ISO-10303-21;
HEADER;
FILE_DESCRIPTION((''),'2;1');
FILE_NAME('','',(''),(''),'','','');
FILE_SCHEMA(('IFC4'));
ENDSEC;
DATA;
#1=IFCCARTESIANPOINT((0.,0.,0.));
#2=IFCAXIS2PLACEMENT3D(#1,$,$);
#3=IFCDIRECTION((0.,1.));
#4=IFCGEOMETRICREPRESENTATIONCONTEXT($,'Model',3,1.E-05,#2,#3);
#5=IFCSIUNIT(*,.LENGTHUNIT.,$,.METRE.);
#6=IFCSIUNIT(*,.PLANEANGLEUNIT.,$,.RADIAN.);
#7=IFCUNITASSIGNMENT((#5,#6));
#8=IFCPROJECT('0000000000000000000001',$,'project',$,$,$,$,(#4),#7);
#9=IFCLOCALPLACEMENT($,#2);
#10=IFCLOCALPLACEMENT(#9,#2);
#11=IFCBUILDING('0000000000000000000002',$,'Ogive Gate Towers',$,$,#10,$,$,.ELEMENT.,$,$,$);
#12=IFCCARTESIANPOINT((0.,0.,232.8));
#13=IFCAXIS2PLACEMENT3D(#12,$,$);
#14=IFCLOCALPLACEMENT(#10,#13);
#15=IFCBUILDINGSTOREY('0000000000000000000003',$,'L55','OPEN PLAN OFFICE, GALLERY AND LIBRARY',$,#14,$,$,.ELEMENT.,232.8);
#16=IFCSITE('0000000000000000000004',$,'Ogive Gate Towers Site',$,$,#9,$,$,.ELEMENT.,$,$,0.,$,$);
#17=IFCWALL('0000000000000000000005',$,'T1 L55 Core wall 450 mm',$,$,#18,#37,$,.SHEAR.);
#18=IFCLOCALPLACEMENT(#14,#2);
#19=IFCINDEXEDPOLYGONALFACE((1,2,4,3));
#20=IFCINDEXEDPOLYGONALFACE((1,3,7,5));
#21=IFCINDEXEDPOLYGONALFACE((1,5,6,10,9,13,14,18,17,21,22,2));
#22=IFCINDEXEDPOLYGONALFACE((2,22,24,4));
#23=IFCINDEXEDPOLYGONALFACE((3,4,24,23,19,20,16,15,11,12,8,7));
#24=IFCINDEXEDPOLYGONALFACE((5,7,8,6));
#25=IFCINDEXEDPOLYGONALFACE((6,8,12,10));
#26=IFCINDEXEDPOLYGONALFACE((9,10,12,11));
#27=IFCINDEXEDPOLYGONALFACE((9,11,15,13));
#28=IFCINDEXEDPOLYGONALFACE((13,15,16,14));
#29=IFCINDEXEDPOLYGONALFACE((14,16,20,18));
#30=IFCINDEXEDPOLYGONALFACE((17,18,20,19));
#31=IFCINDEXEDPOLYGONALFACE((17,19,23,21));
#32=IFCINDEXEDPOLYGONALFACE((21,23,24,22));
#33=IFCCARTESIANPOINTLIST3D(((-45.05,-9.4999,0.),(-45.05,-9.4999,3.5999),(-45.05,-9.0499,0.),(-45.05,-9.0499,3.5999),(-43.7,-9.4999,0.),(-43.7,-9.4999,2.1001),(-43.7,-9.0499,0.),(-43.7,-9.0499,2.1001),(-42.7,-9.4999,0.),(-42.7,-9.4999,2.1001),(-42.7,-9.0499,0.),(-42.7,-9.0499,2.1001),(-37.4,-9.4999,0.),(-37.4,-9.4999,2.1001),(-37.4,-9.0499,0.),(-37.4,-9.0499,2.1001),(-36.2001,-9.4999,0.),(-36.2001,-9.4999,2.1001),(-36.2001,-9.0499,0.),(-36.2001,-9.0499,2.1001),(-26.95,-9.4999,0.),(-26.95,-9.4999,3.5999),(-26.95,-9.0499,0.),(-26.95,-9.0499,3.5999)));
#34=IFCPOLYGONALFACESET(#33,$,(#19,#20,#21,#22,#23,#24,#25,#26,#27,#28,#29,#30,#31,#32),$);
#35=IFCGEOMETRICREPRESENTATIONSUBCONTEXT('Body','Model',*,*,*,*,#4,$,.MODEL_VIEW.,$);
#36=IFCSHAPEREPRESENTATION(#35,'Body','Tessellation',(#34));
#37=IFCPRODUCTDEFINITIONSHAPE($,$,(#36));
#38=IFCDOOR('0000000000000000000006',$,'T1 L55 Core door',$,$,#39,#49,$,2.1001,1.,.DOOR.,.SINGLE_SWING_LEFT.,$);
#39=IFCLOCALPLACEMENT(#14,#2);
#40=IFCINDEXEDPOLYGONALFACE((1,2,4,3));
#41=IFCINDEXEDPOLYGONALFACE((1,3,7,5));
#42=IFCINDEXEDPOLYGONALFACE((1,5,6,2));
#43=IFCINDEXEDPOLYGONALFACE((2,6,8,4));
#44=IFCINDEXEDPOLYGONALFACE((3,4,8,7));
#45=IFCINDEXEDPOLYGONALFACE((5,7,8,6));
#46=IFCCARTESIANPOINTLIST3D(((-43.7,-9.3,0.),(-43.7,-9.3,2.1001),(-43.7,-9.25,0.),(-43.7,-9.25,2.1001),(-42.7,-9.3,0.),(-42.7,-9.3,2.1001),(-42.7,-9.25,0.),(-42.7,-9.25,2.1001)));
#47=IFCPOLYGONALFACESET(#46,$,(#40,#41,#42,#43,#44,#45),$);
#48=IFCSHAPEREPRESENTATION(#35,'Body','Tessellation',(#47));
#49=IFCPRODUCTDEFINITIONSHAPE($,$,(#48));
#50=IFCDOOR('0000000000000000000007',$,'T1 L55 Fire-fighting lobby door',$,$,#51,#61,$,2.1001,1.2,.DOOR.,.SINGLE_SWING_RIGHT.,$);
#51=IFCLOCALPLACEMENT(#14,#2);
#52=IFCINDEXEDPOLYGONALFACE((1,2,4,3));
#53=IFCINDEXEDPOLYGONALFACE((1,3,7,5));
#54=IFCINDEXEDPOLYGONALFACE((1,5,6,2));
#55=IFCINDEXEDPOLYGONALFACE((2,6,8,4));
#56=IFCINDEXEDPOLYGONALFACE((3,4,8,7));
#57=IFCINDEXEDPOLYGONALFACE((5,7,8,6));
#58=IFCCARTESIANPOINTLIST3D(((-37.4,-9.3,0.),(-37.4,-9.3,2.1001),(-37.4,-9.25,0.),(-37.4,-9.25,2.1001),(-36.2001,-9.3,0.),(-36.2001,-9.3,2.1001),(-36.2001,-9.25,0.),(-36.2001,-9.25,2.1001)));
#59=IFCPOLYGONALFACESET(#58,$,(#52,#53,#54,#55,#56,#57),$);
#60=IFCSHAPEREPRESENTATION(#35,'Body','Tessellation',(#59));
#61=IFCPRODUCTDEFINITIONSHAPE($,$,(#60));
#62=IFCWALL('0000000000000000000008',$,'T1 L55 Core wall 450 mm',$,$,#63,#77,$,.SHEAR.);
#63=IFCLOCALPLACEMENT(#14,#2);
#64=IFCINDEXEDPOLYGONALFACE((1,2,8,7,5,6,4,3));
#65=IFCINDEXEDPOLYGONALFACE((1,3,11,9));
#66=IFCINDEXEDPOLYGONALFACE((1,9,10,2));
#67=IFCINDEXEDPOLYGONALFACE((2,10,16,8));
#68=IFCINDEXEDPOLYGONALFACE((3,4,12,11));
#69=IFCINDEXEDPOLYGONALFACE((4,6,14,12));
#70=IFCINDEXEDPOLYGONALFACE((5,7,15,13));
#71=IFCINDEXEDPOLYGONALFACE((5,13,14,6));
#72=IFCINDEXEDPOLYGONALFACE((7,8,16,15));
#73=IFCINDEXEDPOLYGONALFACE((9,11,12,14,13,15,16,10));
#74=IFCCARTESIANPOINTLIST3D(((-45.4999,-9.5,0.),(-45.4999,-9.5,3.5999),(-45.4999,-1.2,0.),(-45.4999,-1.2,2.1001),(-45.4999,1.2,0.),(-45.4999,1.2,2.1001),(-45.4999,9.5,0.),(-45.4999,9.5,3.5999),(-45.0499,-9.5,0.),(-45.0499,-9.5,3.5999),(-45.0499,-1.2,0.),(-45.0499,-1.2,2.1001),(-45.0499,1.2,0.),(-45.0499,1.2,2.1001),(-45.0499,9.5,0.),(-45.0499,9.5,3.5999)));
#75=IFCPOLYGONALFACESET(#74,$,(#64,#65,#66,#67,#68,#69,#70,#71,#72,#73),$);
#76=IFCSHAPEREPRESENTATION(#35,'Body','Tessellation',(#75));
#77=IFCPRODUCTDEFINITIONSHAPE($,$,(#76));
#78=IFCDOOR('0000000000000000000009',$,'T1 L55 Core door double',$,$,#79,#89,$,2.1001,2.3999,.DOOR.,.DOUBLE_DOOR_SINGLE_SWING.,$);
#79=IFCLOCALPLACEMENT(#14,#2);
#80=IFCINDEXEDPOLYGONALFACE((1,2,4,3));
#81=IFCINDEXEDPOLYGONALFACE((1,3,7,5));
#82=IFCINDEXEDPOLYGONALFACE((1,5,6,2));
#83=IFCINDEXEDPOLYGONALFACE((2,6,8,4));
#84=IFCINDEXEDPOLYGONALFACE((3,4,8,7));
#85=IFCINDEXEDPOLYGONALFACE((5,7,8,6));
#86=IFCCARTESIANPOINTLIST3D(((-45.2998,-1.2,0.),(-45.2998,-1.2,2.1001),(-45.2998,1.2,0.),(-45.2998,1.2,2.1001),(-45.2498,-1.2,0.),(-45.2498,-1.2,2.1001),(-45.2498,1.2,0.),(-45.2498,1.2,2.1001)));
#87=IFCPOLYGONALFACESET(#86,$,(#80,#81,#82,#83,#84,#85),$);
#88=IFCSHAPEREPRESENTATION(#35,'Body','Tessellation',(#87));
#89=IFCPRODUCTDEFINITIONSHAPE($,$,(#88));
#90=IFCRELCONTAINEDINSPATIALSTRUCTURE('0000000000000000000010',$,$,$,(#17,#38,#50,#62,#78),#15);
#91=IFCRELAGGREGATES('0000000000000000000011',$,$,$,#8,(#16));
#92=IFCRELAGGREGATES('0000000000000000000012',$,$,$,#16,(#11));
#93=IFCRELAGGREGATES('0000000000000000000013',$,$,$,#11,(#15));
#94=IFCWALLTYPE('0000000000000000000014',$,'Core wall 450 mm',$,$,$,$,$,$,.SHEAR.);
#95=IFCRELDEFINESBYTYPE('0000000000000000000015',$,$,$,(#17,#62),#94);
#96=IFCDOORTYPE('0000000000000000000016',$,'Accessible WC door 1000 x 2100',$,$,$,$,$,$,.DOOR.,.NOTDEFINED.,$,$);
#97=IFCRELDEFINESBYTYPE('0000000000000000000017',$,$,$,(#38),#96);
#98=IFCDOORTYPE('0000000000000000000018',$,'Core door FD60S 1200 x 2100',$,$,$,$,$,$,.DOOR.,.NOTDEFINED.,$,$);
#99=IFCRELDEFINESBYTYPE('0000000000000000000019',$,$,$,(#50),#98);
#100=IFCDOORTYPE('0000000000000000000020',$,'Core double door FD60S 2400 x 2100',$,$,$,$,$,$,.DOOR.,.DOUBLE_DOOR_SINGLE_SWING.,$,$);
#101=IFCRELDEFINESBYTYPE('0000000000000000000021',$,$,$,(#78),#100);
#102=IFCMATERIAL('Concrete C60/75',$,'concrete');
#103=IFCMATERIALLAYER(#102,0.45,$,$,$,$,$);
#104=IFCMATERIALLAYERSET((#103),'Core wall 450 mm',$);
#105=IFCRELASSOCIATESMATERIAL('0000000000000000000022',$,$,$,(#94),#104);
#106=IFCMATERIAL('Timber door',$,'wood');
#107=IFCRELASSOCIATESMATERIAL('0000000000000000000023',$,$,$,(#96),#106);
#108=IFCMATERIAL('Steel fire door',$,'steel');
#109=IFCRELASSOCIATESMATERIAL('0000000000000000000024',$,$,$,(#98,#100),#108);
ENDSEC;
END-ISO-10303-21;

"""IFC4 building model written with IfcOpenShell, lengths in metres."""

from ifc_helpers import new_model, si_unit, direction, frame, frame_2d, origin, place, context, subcontext, project, spatial, rectangle, extrude, material, layer, layer_set, type_object, element, fill, save


model = new_model("IFC4")

# Units and contexts
model_context = context("Model", 3, precision=1e-05, world=origin(), true_north=direction((0.0, 1.0)))
body_context = subcontext(model_context, "Body", "Model", "MODEL_VIEW")
ifc_project = project(units=[si_unit("LENGTHUNIT", "METRE"), si_unit("PLANEANGLEUNIT", "RADIAN")], contexts=[model_context])

# Site, building, storey
site_placement = place(None, origin())
site = spatial("IfcSite", under=ifc_project, at=site_placement, Name="Ogive Gate Towers Site", CompositionType="ELEMENT", RefElevation=0.0)
building_placement = place(site_placement, origin())
building = spatial("IfcBuilding", under=site, at=building_placement, Name="Ogive Gate Towers", CompositionType="ELEMENT")
storey_placement = place(building_placement, frame((0.0, 0.0, 232.8)))
storey = spatial("IfcBuildingStorey", under=building, at=storey_placement, Name="L55", Description="OPEN PLAN OFFICE, GALLERY AND LIBRARY", CompositionType="ELEMENT", Elevation=232.8)

# Shared definitions
ifc_material_1 = material(Name="Timber door", Category="wood")

# Wall, openings, doors
ifc_material_2 = material(Name="Concrete C60/75", Category="concrete")
ifc_layer_1 = layer(ifc_material_2, 0.45)
ifc_layer_set_1 = layer_set([ifc_layer_1], Name="Core wall 450 mm")
wall_type_1 = type_object("IfcWallType", Name="Core wall 450 mm", PredefinedType="SHEAR", material=ifc_layer_set_1)
wall_1_placement = place(storey_placement, frame((-45.05, -9.2749, 0.0), z_axis=(0.0, 0.0, 1.0), x_axis=(1.0, 0.0, 0.0)))
wall_1 = element("IfcWall", 1, at=wall_1_placement, inside=storey, type_object=wall_type_1, Name="T1 L55 Core wall 450 mm", PredefinedType="SHEAR", context=body_context, shape_type="SweptSolid", body=[
    extrude(rectangle(XDim=18.1001, YDim=0.45, at=frame_2d((9.05, 0.0))), origin(), (0.0, 0.0, 1.0), 3.5999),
])
opening_1_placement = place(wall_1_placement, frame((7.6499, 0.0, 0.0)))
opening_1 = element("IfcOpeningElement", 2, at=opening_1_placement, cuts=wall_1, PredefinedType="OPENING", context=body_context, shape_type="SweptSolid", body=[
    extrude(rectangle(XDim=1.2, YDim=2.1001, at=frame_2d((0.6001, 1.05))), frame((0.0, 0.2349, 0.0), z_axis=(0.0, -1.0, 0.0), x_axis=(1.0, 0.0, 0.0)), (0.0, 0.0, 1.0), 0.47),
])
opening_2_placement = place(wall_1_placement, frame((1.3501, 0.0, 0.0)))
opening_2 = element("IfcOpeningElement", 3, at=opening_2_placement, cuts=wall_1, PredefinedType="OPENING", context=body_context, shape_type="SweptSolid", body=[
    extrude(rectangle(XDim=1.0, YDim=2.1001, at=frame_2d((0.5, 1.05))), frame((0.0, 0.2349, 0.0), z_axis=(0.0, -1.0, 0.0), x_axis=(1.0, 0.0, 0.0)), (0.0, 0.0, 1.0), 0.47),
])
door_type_1 = type_object("IfcDoorType", Name="Accessible WC door 1000 x 2100", OperationType="NOTDEFINED", PredefinedType="DOOR", material=ifc_material_1)
door_1_placement = place(opening_2_placement, origin())
door_1 = element("IfcDoor", 4, at=door_1_placement, inside=storey, type_object=door_type_1, Name="T1 L55 Core door", OperationType="SINGLE_SWING_LEFT", OverallHeight=2.1001, OverallWidth=1.0, PredefinedType="DOOR", context=body_context, shape_type="SweptSolid", body=[
    extrude(rectangle(XDim=1.0, YDim=2.1001, at=frame_2d((0.5, 1.05))), frame((0.0, 0.0249, 0.0), z_axis=(0.0, -1.0, 0.0), x_axis=(1.0, 0.0, 0.0)), (0.0, 0.0, 1.0), 0.05),
])
fill(opening_2, door_1)
ifc_material_3 = material(Name="Steel fire door", Category="steel")
door_type_2 = type_object("IfcDoorType", Name="Core door FD60S 1200 x 2100", OperationType="NOTDEFINED", PredefinedType="DOOR", material=ifc_material_3)
door_2_placement = place(opening_1_placement, origin())
door_2 = element("IfcDoor", 5, at=door_2_placement, inside=storey, type_object=door_type_2, Name="T1 L55 Fire-fighting lobby door", OperationType="SINGLE_SWING_RIGHT", OverallHeight=2.1001, OverallWidth=1.2, PredefinedType="DOOR", context=body_context, shape_type="SweptSolid", body=[
    extrude(rectangle(XDim=1.2, YDim=2.1001, at=frame_2d((0.6001, 1.05))), frame((0.0, 0.0249, 0.0), z_axis=(0.0, -1.0, 0.0), x_axis=(1.0, 0.0, 0.0)), (0.0, 0.0, 1.0), 0.05),
])
fill(opening_1, door_2)

# Wall, opening, door
wall_2_placement = place(storey_placement, frame((-45.2749, -9.5, 0.0), z_axis=(0.0, 0.0, 1.0), x_axis=(0.0, 1.0, 0.0)))
wall_2 = element("IfcWall", 6, at=wall_2_placement, inside=storey, type_object=wall_type_1, Name="T1 L55 Core wall 450 mm", PredefinedType="SHEAR", context=body_context, shape_type="SweptSolid", body=[
    extrude(rectangle(XDim=19.0, YDim=0.45, at=frame_2d((9.5, 0.0))), origin(), (0.0, 0.0, 1.0), 3.5999),
])
opening_3_placement = place(wall_2_placement, frame((8.3, 0.0, 0.0)))
opening_3 = element("IfcOpeningElement", 7, at=opening_3_placement, cuts=wall_2, PredefinedType="OPENING", context=body_context, shape_type="SweptSolid", body=[
    extrude(rectangle(XDim=2.3999, YDim=2.1001, at=frame_2d((1.2, 1.05))), frame((0.0, 0.2349, 0.0), z_axis=(0.0, -1.0, 0.0), x_axis=(1.0, 0.0, 0.0)), (0.0, 0.0, 1.0), 0.47),
])
door_type_3 = type_object("IfcDoorType", Name="Core double door FD60S 2400 x 2100", OperationType="DOUBLE_DOOR_SINGLE_SWING", PredefinedType="DOOR", material=ifc_material_3)
door_3_placement = place(opening_3_placement, origin())
door_3 = element("IfcDoor", 8, at=door_3_placement, inside=storey, type_object=door_type_3, Name="T1 L55 Core door double", OperationType="DOUBLE_DOOR_SINGLE_SWING", OverallHeight=2.1001, OverallWidth=2.3999, PredefinedType="DOOR", context=body_context, shape_type="SweptSolid", body=[
    extrude(rectangle(XDim=2.3999, YDim=2.1001, at=frame_2d((1.2, 1.05))), frame((0.0, 0.0249, 0.0), z_axis=(0.0, -1.0, 0.0), x_axis=(1.0, 0.0, 0.0)), (0.0, 0.0, 1.0), 0.05),
])
fill(opening_3, door_3)

save(model, "model.ifc")
